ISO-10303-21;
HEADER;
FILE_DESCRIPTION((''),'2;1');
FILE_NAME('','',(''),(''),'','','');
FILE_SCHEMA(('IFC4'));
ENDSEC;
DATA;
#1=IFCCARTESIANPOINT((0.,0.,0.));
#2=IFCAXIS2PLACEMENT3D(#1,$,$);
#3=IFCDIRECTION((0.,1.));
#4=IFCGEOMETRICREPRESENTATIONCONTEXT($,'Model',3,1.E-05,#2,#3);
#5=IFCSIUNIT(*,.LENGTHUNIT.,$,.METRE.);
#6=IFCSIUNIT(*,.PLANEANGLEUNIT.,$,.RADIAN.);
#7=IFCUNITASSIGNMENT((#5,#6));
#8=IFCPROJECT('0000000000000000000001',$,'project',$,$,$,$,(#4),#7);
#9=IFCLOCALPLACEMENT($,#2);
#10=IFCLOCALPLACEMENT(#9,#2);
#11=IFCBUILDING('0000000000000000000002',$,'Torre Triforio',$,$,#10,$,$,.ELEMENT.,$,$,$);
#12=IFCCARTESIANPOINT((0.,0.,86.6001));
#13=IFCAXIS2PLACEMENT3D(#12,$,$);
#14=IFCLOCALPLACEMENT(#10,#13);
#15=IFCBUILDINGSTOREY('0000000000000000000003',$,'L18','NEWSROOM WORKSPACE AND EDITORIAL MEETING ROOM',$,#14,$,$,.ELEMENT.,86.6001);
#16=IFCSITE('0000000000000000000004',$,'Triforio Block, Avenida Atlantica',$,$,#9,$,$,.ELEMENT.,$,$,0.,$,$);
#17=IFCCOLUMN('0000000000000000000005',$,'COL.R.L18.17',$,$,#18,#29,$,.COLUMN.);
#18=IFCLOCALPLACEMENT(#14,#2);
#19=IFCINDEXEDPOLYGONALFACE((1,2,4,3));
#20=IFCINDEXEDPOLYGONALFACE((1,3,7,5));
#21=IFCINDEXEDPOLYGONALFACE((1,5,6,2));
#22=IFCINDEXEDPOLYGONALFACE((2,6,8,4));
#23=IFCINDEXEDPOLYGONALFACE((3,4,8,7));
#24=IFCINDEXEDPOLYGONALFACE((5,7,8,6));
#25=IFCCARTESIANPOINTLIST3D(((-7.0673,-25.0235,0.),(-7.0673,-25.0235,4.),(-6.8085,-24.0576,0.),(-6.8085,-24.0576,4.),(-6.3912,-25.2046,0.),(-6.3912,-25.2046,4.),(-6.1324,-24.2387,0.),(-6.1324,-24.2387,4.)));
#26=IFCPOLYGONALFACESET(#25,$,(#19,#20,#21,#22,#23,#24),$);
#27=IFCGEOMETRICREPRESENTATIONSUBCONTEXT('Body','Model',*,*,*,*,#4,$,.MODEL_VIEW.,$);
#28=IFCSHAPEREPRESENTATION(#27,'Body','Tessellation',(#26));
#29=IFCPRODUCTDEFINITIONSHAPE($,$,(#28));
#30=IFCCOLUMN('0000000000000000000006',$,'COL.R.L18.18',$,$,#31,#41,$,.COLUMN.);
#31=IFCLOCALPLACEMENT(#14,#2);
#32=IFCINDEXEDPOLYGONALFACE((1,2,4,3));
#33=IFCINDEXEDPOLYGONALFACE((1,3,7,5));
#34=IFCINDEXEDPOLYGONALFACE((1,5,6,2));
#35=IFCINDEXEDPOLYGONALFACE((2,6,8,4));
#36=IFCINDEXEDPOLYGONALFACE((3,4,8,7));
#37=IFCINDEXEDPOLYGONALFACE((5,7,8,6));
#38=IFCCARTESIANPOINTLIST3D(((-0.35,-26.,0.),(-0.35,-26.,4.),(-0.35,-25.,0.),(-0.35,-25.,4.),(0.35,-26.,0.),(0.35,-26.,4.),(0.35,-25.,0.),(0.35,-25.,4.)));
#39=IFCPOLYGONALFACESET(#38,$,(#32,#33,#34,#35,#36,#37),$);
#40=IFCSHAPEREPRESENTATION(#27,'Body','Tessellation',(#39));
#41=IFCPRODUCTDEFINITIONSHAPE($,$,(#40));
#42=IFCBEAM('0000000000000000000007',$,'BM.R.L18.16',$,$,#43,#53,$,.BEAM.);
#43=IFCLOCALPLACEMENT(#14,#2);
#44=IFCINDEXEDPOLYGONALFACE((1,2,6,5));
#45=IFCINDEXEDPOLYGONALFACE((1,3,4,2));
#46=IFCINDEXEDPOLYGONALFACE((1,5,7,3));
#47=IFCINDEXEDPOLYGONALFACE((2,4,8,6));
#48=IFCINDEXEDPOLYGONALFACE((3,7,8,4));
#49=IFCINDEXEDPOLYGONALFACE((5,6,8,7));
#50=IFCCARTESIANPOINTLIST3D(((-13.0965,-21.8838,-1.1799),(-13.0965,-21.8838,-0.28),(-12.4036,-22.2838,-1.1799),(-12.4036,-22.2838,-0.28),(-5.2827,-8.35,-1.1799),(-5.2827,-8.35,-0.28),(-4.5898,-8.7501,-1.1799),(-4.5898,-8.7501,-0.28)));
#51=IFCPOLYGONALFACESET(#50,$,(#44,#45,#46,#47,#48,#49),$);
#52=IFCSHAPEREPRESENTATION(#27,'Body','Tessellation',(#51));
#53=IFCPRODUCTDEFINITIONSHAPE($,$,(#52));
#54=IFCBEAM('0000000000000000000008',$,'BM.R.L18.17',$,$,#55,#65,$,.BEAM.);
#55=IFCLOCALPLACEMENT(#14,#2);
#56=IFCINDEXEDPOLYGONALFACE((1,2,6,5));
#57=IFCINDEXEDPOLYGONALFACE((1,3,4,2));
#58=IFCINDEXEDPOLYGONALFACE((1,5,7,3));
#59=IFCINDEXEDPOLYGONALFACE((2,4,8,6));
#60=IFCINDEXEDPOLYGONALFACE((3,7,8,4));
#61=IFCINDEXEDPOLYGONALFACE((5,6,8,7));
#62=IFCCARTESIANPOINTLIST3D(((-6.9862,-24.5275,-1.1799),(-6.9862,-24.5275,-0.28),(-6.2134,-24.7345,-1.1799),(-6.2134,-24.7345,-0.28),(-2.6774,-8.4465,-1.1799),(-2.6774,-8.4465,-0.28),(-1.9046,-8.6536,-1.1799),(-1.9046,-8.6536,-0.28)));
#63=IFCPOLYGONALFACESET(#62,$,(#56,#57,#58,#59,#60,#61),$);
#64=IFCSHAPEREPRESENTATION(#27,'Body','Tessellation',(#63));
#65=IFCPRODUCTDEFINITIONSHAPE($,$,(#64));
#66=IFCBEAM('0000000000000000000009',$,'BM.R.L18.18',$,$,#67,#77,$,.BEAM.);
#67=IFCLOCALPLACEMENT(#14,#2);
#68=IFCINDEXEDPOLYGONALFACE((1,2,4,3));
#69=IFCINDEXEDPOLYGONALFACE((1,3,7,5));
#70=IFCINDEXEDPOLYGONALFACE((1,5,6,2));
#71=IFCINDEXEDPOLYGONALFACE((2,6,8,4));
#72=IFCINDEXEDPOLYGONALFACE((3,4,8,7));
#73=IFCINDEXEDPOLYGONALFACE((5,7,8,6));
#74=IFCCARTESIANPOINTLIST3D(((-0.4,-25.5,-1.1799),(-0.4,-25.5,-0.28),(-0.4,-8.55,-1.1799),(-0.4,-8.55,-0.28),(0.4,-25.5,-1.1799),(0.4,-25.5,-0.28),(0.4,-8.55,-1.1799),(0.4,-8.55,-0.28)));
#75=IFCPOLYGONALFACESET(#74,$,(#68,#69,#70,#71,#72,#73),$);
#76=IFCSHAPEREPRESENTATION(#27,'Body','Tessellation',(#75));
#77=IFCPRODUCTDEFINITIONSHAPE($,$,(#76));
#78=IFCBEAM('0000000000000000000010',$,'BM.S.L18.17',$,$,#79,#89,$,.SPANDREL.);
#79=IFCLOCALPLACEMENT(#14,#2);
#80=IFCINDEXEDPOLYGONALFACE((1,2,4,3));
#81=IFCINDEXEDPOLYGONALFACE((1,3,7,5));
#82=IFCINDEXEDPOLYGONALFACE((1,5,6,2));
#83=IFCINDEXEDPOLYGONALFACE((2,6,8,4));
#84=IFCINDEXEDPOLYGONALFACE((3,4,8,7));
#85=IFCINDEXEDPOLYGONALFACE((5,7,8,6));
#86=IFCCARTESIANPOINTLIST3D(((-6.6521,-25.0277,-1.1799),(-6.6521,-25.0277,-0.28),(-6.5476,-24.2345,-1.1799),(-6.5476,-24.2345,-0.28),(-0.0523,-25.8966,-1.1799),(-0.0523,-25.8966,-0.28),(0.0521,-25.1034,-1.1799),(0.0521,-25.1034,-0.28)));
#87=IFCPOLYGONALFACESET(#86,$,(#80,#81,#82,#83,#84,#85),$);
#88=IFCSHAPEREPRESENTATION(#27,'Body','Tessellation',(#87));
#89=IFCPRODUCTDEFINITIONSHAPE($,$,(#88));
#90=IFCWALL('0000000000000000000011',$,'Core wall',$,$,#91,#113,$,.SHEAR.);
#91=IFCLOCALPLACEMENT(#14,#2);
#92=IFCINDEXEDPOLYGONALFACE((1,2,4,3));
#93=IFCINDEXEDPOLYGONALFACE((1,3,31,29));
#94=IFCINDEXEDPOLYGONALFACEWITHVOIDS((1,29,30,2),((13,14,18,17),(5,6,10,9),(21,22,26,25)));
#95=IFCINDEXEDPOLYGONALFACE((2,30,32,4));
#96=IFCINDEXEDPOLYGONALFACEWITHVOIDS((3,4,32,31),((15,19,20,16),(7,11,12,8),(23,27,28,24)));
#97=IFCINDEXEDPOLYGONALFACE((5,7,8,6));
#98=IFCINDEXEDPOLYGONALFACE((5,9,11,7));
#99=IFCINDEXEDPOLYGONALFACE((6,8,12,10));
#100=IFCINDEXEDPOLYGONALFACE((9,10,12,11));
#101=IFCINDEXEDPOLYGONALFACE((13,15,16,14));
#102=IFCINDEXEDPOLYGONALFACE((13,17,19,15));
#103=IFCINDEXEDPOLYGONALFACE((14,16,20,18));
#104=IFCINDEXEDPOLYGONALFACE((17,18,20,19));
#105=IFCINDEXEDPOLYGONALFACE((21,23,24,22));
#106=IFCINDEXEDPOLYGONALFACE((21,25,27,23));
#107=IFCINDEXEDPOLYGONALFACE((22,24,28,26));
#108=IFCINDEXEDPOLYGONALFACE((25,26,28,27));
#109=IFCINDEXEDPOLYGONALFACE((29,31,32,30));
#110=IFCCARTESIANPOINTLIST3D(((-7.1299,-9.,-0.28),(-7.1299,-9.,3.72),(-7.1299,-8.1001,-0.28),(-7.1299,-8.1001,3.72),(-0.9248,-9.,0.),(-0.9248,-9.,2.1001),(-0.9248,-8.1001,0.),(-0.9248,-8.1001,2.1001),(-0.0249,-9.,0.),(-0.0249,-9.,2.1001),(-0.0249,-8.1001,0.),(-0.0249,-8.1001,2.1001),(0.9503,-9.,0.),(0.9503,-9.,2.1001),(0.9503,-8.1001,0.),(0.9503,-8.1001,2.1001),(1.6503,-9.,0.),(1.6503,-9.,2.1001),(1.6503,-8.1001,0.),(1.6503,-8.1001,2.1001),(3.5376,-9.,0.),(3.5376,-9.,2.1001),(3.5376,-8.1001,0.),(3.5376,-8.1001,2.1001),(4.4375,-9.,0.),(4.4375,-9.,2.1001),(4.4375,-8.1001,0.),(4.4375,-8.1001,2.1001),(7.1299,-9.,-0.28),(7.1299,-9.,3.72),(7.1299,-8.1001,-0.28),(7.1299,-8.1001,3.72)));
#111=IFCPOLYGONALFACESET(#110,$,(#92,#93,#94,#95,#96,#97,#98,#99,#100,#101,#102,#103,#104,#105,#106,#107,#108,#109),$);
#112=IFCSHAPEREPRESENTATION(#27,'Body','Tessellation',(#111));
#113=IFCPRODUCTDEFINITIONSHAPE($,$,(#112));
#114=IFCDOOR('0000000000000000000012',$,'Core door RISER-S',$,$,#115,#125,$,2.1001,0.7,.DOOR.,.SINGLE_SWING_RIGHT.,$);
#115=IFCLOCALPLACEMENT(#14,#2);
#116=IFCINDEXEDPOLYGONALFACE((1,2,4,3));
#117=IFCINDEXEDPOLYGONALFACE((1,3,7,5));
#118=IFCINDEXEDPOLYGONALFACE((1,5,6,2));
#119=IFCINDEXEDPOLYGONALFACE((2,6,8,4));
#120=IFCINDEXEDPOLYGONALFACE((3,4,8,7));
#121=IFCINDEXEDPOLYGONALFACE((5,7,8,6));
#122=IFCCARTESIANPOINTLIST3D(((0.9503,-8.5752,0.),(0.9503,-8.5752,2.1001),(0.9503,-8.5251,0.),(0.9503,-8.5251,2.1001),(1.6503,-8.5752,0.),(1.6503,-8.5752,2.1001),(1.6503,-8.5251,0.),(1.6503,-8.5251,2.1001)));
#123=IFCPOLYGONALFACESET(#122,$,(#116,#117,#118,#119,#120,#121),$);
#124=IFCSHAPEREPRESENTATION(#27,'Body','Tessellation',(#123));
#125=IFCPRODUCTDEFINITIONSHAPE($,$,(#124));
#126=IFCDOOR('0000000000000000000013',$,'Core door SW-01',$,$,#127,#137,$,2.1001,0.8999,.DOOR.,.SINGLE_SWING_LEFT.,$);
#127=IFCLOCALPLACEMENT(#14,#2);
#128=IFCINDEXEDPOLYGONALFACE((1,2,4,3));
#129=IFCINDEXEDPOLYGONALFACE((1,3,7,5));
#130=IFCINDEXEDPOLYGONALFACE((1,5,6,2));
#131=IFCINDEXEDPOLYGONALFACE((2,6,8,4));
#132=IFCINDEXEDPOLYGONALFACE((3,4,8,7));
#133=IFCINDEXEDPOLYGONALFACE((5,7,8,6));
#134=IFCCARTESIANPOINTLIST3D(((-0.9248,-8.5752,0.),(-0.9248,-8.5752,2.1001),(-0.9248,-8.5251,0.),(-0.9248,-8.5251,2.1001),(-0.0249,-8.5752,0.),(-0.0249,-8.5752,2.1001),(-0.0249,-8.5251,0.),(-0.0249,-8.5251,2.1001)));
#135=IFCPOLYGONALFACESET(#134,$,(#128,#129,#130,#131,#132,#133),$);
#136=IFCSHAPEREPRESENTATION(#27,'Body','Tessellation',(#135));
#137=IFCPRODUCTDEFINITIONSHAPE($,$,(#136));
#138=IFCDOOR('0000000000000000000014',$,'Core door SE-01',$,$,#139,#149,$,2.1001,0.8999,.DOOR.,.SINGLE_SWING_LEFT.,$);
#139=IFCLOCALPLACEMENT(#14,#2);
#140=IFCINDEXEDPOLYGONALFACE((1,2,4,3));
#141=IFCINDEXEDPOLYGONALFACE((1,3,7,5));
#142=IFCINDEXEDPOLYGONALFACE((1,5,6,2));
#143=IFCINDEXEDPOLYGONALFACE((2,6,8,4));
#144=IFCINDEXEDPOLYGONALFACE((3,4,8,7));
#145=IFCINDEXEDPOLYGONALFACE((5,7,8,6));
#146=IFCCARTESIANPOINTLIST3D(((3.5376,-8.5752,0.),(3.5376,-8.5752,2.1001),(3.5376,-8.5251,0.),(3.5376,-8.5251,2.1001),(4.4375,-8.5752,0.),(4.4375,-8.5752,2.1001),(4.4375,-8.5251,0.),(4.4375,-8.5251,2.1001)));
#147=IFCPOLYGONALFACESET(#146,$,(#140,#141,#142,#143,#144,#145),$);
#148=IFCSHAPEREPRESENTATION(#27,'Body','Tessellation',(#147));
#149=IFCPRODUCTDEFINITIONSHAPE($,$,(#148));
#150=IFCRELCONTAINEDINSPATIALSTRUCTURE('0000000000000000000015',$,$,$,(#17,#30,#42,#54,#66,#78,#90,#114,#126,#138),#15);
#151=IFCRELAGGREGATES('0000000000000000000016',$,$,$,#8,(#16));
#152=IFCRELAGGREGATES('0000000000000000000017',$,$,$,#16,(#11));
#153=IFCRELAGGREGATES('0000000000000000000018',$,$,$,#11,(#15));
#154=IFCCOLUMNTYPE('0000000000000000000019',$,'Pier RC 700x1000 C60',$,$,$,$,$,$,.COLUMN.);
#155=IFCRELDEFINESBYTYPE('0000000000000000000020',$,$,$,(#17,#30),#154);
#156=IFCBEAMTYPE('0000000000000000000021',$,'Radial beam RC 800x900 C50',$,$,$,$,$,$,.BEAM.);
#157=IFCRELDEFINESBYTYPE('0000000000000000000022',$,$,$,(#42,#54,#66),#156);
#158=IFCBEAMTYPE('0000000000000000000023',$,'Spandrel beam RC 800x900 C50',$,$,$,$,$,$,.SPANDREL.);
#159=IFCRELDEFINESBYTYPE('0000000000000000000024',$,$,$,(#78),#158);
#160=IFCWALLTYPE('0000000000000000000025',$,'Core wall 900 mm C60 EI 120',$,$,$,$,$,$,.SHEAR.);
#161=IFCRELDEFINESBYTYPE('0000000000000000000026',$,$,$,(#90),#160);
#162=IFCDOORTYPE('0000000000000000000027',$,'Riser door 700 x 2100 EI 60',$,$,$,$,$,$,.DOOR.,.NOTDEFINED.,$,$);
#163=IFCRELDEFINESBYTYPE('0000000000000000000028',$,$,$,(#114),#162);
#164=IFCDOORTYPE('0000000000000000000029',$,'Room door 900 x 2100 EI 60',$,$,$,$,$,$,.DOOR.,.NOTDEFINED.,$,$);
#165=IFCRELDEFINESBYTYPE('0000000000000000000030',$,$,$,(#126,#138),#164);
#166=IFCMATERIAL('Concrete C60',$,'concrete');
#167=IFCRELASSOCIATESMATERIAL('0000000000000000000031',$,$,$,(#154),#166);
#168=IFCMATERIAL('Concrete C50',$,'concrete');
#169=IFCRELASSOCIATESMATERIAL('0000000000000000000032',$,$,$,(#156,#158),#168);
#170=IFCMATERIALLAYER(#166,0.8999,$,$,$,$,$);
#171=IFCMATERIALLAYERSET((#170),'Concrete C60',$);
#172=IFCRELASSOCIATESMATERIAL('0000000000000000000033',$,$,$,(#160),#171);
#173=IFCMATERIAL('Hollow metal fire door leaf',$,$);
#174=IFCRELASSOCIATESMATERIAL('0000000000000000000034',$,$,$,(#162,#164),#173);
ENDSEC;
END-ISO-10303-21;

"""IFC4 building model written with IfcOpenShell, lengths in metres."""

from ifc_helpers import new_model, si_unit, direction, frame, frame_2d, origin, origin_2d, place, context, subcontext, project, spatial, rectangle, extrude, material, layer, layer_set, material_profile, profile_set, type_object, element, fill, save


model = new_model("IFC4")

# Units and contexts
model_context = context("Model", 3, precision=1e-05, world=origin(), true_north=direction((0.0, 1.0)))
body_context = subcontext(model_context, "Body", "Model", "MODEL_VIEW")
ifc_project = project(units=[si_unit("LENGTHUNIT", "METRE"), si_unit("PLANEANGLEUNIT", "RADIAN")], contexts=[model_context])

# Site, building, storey
site_placement = place(None, origin())
site = spatial("IfcSite", under=ifc_project, at=site_placement, Name="Triforio Block, Avenida Atlantica", CompositionType="ELEMENT", RefElevation=0.0)
building_placement = place(site_placement, origin())
building = spatial("IfcBuilding", under=site, at=building_placement, Name="Torre Triforio", CompositionType="ELEMENT")
storey_placement = place(building_placement, frame((0.0, 0.0, 86.6001)))
storey = spatial("IfcBuildingStorey", under=building, at=storey_placement, Name="L18", Description="NEWSROOM WORKSPACE AND EDITORIAL MEETING ROOM", CompositionType="ELEMENT", Elevation=86.6001)

# Columns
ifc_material_1 = material(Name="Concrete C60", Category="concrete")
ifc_material_profile_1 = material_profile(ifc_material_1, rectangle(XDim=0.7, YDim=1.0, at=origin_2d()), Name="RC 700x1000")
ifc_profile_set_1 = profile_set([ifc_material_profile_1], Name="Concrete C60")
column_type = type_object("IfcColumnType", Name="Pier RC 700x1000 C60", PredefinedType="COLUMN", material=ifc_profile_set_1)
for number, where, z_axis, x_axis, name in (
    (1, (-6.5999, -24.6311, 0.0), (0.0, 0.0, 1.0), (0.965926, -0.258819, 0.0), "COL.R.L18.17"),
    (2, (0.0, -25.5, 0.0), (0.0, 0.0, 1.0), (1.0, 0.0, 0.0), "COL.R.L18.18"),
):
    element("IfcColumn", number, at=place(storey_placement, frame(where, z_axis=z_axis, x_axis=x_axis)), inside=storey, type_object=column_type, Name=name, PredefinedType="COLUMN", context=body_context, shape_type="SweptSolid", body=[
        extrude(rectangle(XDim=0.7, YDim=1.0, at=origin_2d()), origin(), (0.0, 0.0, 1.0), 4.0),
    ])

# Beams
ifc_material_2 = material(Name="Concrete C50", Category="concrete")
ifc_material_profile_2 = material_profile(ifc_material_2, rectangle(XDim=0.8, YDim=0.8999, at=origin_2d()), Name="RC 800x900")
ifc_profile_set_2 = profile_set([ifc_material_profile_2], Name="Concrete C50")
beam_type_1 = type_object("IfcBeamType", Name="Radial beam RC 800x900 C50", PredefinedType="BEAM", material=ifc_profile_set_2)
beam_1_placement = place(storey_placement, frame((-4.9363, -8.55, -0.73), z_axis=(-0.500002, -0.866024, 0.0), x_axis=(0.866024, -0.500002, 0.0)))
element("IfcBeam", 3, at=beam_1_placement, inside=storey, type_object=beam_type_1, Name="BM.R.L18.16", PredefinedType="BEAM", context=body_context, shape_type="SweptSolid", body=[
    extrude(rectangle(XDim=0.8, YDim=0.8999, at=origin_2d()), origin(), (0.0, 0.0, 1.0), 15.6274),
])
beam_2_placement = place(storey_placement, frame((-2.291, -8.55, -0.73), z_axis=(-0.258815, -0.965927, 0.0), x_axis=(0.965927, -0.258815, 0.0)))
element("IfcBeam", 4, at=beam_2_placement, inside=storey, type_object=beam_type_1, Name="BM.R.L18.17", PredefinedType="BEAM", context=body_context, shape_type="SweptSolid", body=[
    extrude(rectangle(XDim=0.8, YDim=0.8999, at=origin_2d()), origin(), (0.0, 0.0, 1.0), 16.6482),
])
beam_3_placement = place(storey_placement, frame((0.0, -8.55, -0.73), z_axis=(0.0, -1.0, 0.0), x_axis=(1.0, 0.0, 0.0)))
element("IfcBeam", 5, at=beam_3_placement, inside=storey, type_object=beam_type_1, Name="BM.R.L18.18", PredefinedType="BEAM", context=body_context, shape_type="SweptSolid", body=[
    extrude(rectangle(XDim=0.8, YDim=0.8999, at=origin_2d()), origin(), (0.0, 0.0, 1.0), 16.95),
])
ifc_material_profile_3 = material_profile(ifc_material_2, rectangle(XDim=0.8, YDim=0.8999, at=origin_2d()), Name="RC 800x900")
ifc_profile_set_3 = profile_set([ifc_material_profile_3], Name="Concrete C50")
beam_type_2 = type_object("IfcBeamType", Name="Spandrel beam RC 800x900 C50", PredefinedType="SPANDREL", material=ifc_profile_set_3)
beam_4_placement = place(storey_placement, frame((-6.5999, -24.6311, -0.73), z_axis=(0.991445, -0.130528, 0.0), x_axis=(0.130528, 0.991445, 0.0)))
element("IfcBeam", 6, at=beam_4_placement, inside=storey, type_object=beam_type_2, Name="BM.S.L18.17", PredefinedType="SPANDREL", context=body_context, shape_type="SweptSolid", body=[
    extrude(rectangle(XDim=0.8, YDim=0.8999, at=origin_2d()), origin(), (0.0, 0.0, 1.0), 6.6567),
])

# Wall, openings, doors
ifc_layer_1 = layer(ifc_material_1, 0.8999)
ifc_layer_set_1 = layer_set([ifc_layer_1], Name="Concrete C60")
wall_type_1 = type_object("IfcWallType", Name="Core wall 900 mm C60 EI 120", PredefinedType="SHEAR", material=ifc_layer_set_1)
wall_1_placement = place(storey_placement, frame((-7.1299, -8.55, -0.28), z_axis=(0.0, 0.0, 1.0), x_axis=(1.0, 0.0, 0.0)))
wall_1 = element("IfcWall", 7, at=wall_1_placement, inside=storey, type_object=wall_type_1, Name="Core wall", PredefinedType="SHEAR", context=body_context, shape_type="SweptSolid", body=[
    extrude(rectangle(XDim=14.2598, YDim=0.8999, at=frame_2d((7.1299, 0.0))), origin(), (0.0, 0.0, 1.0), 4.0),
])
opening_1_placement = place(wall_1_placement, frame((8.0801, 0.0, 0.28)))
opening_1 = element("IfcOpeningElement", 8, at=opening_1_placement, cuts=wall_1, PredefinedType="OPENING", context=body_context, shape_type="SweptSolid", body=[
    extrude(rectangle(XDim=0.7, YDim=2.1001, at=frame_2d((0.3501, 1.05))), frame((0.0, 0.46, 0.0), z_axis=(0.0, -1.0, 0.0), x_axis=(1.0, 0.0, 0.0)), (0.0, 0.0, 1.0), 0.9199),
])
opening_2_placement = place(wall_1_placement, frame((6.2051, 0.0, 0.28)))
opening_2 = element("IfcOpeningElement", 9, at=opening_2_placement, cuts=wall_1, PredefinedType="OPENING", context=body_context, shape_type="SweptSolid", body=[
    extrude(rectangle(XDim=0.8999, YDim=2.1001, at=frame_2d((0.45, 1.05))), frame((0.0, 0.46, 0.0), z_axis=(0.0, -1.0, 0.0), x_axis=(1.0, 0.0, 0.0)), (0.0, 0.0, 1.0), 0.9199),
])
opening_3_placement = place(wall_1_placement, frame((10.6675, 0.0, 0.28)))
opening_3 = element("IfcOpeningElement", 10, at=opening_3_placement, cuts=wall_1, PredefinedType="OPENING", context=body_context, shape_type="SweptSolid", body=[
    extrude(rectangle(XDim=0.8999, YDim=2.1001, at=frame_2d((0.45, 1.05))), frame((0.0, 0.46, 0.0), z_axis=(0.0, -1.0, 0.0), x_axis=(1.0, 0.0, 0.0)), (0.0, 0.0, 1.0), 0.9199),
])
ifc_material_3 = material(Name="Hollow metal fire door leaf")
door_type_1 = type_object("IfcDoorType", Name="Riser door 700 x 2100 EI 60", OperationType="NOTDEFINED", PredefinedType="DOOR", material=ifc_material_3)
door_1_placement = place(opening_1_placement, origin())
door_1 = element("IfcDoor", 11, at=door_1_placement, inside=storey, type_object=door_type_1, Name="Core door RISER-S", OperationType="SINGLE_SWING_RIGHT", OverallHeight=2.1001, OverallWidth=0.7, PredefinedType="DOOR", context=body_context, shape_type="SweptSolid", body=[
    extrude(rectangle(XDim=0.7, YDim=2.1001, at=frame_2d((0.3501, 1.05))), frame((0.0, 0.0249, 0.0), z_axis=(0.0, -1.0, 0.0), x_axis=(1.0, 0.0, 0.0)), (0.0, 0.0, 1.0), 0.05),
])
fill(opening_1, door_1)
door_type_2 = type_object("IfcDoorType", Name="Room door 900 x 2100 EI 60", OperationType="NOTDEFINED", PredefinedType="DOOR", material=ifc_material_3)
door_2_placement = place(opening_2_placement, origin())
door_2 = element("IfcDoor", 12, at=door_2_placement, inside=storey, type_object=door_type_2, Name="Core door SW-01", OperationType="SINGLE_SWING_LEFT", OverallHeight=2.1001, OverallWidth=0.8999, PredefinedType="DOOR", context=body_context, shape_type="SweptSolid", body=[
    extrude(rectangle(XDim=0.8999, YDim=2.1001, at=frame_2d((0.45, 1.05))), frame((0.0, 0.0249, 0.0), z_axis=(0.0, -1.0, 0.0), x_axis=(1.0, 0.0, 0.0)), (0.0, 0.0, 1.0), 0.05),
])
fill(opening_2, door_2)
door_3_placement = place(opening_3_placement, origin())
door_3 = element("IfcDoor", 13, at=door_3_placement, inside=storey, type_object=door_type_2, Name="Core door SE-01", OperationType="SINGLE_SWING_LEFT", OverallHeight=2.1001, OverallWidth=0.8999, PredefinedType="DOOR", context=body_context, shape_type="SweptSolid", body=[
    extrude(rectangle(XDim=0.8999, YDim=2.1001, at=frame_2d((0.45, 1.05))), frame((0.0, 0.0249, 0.0), z_axis=(0.0, -1.0, 0.0), x_axis=(1.0, 0.0, 0.0)), (0.0, 0.0, 1.0), 0.05),
])
fill(opening_3, door_3)

save(model, "model.ifc")
